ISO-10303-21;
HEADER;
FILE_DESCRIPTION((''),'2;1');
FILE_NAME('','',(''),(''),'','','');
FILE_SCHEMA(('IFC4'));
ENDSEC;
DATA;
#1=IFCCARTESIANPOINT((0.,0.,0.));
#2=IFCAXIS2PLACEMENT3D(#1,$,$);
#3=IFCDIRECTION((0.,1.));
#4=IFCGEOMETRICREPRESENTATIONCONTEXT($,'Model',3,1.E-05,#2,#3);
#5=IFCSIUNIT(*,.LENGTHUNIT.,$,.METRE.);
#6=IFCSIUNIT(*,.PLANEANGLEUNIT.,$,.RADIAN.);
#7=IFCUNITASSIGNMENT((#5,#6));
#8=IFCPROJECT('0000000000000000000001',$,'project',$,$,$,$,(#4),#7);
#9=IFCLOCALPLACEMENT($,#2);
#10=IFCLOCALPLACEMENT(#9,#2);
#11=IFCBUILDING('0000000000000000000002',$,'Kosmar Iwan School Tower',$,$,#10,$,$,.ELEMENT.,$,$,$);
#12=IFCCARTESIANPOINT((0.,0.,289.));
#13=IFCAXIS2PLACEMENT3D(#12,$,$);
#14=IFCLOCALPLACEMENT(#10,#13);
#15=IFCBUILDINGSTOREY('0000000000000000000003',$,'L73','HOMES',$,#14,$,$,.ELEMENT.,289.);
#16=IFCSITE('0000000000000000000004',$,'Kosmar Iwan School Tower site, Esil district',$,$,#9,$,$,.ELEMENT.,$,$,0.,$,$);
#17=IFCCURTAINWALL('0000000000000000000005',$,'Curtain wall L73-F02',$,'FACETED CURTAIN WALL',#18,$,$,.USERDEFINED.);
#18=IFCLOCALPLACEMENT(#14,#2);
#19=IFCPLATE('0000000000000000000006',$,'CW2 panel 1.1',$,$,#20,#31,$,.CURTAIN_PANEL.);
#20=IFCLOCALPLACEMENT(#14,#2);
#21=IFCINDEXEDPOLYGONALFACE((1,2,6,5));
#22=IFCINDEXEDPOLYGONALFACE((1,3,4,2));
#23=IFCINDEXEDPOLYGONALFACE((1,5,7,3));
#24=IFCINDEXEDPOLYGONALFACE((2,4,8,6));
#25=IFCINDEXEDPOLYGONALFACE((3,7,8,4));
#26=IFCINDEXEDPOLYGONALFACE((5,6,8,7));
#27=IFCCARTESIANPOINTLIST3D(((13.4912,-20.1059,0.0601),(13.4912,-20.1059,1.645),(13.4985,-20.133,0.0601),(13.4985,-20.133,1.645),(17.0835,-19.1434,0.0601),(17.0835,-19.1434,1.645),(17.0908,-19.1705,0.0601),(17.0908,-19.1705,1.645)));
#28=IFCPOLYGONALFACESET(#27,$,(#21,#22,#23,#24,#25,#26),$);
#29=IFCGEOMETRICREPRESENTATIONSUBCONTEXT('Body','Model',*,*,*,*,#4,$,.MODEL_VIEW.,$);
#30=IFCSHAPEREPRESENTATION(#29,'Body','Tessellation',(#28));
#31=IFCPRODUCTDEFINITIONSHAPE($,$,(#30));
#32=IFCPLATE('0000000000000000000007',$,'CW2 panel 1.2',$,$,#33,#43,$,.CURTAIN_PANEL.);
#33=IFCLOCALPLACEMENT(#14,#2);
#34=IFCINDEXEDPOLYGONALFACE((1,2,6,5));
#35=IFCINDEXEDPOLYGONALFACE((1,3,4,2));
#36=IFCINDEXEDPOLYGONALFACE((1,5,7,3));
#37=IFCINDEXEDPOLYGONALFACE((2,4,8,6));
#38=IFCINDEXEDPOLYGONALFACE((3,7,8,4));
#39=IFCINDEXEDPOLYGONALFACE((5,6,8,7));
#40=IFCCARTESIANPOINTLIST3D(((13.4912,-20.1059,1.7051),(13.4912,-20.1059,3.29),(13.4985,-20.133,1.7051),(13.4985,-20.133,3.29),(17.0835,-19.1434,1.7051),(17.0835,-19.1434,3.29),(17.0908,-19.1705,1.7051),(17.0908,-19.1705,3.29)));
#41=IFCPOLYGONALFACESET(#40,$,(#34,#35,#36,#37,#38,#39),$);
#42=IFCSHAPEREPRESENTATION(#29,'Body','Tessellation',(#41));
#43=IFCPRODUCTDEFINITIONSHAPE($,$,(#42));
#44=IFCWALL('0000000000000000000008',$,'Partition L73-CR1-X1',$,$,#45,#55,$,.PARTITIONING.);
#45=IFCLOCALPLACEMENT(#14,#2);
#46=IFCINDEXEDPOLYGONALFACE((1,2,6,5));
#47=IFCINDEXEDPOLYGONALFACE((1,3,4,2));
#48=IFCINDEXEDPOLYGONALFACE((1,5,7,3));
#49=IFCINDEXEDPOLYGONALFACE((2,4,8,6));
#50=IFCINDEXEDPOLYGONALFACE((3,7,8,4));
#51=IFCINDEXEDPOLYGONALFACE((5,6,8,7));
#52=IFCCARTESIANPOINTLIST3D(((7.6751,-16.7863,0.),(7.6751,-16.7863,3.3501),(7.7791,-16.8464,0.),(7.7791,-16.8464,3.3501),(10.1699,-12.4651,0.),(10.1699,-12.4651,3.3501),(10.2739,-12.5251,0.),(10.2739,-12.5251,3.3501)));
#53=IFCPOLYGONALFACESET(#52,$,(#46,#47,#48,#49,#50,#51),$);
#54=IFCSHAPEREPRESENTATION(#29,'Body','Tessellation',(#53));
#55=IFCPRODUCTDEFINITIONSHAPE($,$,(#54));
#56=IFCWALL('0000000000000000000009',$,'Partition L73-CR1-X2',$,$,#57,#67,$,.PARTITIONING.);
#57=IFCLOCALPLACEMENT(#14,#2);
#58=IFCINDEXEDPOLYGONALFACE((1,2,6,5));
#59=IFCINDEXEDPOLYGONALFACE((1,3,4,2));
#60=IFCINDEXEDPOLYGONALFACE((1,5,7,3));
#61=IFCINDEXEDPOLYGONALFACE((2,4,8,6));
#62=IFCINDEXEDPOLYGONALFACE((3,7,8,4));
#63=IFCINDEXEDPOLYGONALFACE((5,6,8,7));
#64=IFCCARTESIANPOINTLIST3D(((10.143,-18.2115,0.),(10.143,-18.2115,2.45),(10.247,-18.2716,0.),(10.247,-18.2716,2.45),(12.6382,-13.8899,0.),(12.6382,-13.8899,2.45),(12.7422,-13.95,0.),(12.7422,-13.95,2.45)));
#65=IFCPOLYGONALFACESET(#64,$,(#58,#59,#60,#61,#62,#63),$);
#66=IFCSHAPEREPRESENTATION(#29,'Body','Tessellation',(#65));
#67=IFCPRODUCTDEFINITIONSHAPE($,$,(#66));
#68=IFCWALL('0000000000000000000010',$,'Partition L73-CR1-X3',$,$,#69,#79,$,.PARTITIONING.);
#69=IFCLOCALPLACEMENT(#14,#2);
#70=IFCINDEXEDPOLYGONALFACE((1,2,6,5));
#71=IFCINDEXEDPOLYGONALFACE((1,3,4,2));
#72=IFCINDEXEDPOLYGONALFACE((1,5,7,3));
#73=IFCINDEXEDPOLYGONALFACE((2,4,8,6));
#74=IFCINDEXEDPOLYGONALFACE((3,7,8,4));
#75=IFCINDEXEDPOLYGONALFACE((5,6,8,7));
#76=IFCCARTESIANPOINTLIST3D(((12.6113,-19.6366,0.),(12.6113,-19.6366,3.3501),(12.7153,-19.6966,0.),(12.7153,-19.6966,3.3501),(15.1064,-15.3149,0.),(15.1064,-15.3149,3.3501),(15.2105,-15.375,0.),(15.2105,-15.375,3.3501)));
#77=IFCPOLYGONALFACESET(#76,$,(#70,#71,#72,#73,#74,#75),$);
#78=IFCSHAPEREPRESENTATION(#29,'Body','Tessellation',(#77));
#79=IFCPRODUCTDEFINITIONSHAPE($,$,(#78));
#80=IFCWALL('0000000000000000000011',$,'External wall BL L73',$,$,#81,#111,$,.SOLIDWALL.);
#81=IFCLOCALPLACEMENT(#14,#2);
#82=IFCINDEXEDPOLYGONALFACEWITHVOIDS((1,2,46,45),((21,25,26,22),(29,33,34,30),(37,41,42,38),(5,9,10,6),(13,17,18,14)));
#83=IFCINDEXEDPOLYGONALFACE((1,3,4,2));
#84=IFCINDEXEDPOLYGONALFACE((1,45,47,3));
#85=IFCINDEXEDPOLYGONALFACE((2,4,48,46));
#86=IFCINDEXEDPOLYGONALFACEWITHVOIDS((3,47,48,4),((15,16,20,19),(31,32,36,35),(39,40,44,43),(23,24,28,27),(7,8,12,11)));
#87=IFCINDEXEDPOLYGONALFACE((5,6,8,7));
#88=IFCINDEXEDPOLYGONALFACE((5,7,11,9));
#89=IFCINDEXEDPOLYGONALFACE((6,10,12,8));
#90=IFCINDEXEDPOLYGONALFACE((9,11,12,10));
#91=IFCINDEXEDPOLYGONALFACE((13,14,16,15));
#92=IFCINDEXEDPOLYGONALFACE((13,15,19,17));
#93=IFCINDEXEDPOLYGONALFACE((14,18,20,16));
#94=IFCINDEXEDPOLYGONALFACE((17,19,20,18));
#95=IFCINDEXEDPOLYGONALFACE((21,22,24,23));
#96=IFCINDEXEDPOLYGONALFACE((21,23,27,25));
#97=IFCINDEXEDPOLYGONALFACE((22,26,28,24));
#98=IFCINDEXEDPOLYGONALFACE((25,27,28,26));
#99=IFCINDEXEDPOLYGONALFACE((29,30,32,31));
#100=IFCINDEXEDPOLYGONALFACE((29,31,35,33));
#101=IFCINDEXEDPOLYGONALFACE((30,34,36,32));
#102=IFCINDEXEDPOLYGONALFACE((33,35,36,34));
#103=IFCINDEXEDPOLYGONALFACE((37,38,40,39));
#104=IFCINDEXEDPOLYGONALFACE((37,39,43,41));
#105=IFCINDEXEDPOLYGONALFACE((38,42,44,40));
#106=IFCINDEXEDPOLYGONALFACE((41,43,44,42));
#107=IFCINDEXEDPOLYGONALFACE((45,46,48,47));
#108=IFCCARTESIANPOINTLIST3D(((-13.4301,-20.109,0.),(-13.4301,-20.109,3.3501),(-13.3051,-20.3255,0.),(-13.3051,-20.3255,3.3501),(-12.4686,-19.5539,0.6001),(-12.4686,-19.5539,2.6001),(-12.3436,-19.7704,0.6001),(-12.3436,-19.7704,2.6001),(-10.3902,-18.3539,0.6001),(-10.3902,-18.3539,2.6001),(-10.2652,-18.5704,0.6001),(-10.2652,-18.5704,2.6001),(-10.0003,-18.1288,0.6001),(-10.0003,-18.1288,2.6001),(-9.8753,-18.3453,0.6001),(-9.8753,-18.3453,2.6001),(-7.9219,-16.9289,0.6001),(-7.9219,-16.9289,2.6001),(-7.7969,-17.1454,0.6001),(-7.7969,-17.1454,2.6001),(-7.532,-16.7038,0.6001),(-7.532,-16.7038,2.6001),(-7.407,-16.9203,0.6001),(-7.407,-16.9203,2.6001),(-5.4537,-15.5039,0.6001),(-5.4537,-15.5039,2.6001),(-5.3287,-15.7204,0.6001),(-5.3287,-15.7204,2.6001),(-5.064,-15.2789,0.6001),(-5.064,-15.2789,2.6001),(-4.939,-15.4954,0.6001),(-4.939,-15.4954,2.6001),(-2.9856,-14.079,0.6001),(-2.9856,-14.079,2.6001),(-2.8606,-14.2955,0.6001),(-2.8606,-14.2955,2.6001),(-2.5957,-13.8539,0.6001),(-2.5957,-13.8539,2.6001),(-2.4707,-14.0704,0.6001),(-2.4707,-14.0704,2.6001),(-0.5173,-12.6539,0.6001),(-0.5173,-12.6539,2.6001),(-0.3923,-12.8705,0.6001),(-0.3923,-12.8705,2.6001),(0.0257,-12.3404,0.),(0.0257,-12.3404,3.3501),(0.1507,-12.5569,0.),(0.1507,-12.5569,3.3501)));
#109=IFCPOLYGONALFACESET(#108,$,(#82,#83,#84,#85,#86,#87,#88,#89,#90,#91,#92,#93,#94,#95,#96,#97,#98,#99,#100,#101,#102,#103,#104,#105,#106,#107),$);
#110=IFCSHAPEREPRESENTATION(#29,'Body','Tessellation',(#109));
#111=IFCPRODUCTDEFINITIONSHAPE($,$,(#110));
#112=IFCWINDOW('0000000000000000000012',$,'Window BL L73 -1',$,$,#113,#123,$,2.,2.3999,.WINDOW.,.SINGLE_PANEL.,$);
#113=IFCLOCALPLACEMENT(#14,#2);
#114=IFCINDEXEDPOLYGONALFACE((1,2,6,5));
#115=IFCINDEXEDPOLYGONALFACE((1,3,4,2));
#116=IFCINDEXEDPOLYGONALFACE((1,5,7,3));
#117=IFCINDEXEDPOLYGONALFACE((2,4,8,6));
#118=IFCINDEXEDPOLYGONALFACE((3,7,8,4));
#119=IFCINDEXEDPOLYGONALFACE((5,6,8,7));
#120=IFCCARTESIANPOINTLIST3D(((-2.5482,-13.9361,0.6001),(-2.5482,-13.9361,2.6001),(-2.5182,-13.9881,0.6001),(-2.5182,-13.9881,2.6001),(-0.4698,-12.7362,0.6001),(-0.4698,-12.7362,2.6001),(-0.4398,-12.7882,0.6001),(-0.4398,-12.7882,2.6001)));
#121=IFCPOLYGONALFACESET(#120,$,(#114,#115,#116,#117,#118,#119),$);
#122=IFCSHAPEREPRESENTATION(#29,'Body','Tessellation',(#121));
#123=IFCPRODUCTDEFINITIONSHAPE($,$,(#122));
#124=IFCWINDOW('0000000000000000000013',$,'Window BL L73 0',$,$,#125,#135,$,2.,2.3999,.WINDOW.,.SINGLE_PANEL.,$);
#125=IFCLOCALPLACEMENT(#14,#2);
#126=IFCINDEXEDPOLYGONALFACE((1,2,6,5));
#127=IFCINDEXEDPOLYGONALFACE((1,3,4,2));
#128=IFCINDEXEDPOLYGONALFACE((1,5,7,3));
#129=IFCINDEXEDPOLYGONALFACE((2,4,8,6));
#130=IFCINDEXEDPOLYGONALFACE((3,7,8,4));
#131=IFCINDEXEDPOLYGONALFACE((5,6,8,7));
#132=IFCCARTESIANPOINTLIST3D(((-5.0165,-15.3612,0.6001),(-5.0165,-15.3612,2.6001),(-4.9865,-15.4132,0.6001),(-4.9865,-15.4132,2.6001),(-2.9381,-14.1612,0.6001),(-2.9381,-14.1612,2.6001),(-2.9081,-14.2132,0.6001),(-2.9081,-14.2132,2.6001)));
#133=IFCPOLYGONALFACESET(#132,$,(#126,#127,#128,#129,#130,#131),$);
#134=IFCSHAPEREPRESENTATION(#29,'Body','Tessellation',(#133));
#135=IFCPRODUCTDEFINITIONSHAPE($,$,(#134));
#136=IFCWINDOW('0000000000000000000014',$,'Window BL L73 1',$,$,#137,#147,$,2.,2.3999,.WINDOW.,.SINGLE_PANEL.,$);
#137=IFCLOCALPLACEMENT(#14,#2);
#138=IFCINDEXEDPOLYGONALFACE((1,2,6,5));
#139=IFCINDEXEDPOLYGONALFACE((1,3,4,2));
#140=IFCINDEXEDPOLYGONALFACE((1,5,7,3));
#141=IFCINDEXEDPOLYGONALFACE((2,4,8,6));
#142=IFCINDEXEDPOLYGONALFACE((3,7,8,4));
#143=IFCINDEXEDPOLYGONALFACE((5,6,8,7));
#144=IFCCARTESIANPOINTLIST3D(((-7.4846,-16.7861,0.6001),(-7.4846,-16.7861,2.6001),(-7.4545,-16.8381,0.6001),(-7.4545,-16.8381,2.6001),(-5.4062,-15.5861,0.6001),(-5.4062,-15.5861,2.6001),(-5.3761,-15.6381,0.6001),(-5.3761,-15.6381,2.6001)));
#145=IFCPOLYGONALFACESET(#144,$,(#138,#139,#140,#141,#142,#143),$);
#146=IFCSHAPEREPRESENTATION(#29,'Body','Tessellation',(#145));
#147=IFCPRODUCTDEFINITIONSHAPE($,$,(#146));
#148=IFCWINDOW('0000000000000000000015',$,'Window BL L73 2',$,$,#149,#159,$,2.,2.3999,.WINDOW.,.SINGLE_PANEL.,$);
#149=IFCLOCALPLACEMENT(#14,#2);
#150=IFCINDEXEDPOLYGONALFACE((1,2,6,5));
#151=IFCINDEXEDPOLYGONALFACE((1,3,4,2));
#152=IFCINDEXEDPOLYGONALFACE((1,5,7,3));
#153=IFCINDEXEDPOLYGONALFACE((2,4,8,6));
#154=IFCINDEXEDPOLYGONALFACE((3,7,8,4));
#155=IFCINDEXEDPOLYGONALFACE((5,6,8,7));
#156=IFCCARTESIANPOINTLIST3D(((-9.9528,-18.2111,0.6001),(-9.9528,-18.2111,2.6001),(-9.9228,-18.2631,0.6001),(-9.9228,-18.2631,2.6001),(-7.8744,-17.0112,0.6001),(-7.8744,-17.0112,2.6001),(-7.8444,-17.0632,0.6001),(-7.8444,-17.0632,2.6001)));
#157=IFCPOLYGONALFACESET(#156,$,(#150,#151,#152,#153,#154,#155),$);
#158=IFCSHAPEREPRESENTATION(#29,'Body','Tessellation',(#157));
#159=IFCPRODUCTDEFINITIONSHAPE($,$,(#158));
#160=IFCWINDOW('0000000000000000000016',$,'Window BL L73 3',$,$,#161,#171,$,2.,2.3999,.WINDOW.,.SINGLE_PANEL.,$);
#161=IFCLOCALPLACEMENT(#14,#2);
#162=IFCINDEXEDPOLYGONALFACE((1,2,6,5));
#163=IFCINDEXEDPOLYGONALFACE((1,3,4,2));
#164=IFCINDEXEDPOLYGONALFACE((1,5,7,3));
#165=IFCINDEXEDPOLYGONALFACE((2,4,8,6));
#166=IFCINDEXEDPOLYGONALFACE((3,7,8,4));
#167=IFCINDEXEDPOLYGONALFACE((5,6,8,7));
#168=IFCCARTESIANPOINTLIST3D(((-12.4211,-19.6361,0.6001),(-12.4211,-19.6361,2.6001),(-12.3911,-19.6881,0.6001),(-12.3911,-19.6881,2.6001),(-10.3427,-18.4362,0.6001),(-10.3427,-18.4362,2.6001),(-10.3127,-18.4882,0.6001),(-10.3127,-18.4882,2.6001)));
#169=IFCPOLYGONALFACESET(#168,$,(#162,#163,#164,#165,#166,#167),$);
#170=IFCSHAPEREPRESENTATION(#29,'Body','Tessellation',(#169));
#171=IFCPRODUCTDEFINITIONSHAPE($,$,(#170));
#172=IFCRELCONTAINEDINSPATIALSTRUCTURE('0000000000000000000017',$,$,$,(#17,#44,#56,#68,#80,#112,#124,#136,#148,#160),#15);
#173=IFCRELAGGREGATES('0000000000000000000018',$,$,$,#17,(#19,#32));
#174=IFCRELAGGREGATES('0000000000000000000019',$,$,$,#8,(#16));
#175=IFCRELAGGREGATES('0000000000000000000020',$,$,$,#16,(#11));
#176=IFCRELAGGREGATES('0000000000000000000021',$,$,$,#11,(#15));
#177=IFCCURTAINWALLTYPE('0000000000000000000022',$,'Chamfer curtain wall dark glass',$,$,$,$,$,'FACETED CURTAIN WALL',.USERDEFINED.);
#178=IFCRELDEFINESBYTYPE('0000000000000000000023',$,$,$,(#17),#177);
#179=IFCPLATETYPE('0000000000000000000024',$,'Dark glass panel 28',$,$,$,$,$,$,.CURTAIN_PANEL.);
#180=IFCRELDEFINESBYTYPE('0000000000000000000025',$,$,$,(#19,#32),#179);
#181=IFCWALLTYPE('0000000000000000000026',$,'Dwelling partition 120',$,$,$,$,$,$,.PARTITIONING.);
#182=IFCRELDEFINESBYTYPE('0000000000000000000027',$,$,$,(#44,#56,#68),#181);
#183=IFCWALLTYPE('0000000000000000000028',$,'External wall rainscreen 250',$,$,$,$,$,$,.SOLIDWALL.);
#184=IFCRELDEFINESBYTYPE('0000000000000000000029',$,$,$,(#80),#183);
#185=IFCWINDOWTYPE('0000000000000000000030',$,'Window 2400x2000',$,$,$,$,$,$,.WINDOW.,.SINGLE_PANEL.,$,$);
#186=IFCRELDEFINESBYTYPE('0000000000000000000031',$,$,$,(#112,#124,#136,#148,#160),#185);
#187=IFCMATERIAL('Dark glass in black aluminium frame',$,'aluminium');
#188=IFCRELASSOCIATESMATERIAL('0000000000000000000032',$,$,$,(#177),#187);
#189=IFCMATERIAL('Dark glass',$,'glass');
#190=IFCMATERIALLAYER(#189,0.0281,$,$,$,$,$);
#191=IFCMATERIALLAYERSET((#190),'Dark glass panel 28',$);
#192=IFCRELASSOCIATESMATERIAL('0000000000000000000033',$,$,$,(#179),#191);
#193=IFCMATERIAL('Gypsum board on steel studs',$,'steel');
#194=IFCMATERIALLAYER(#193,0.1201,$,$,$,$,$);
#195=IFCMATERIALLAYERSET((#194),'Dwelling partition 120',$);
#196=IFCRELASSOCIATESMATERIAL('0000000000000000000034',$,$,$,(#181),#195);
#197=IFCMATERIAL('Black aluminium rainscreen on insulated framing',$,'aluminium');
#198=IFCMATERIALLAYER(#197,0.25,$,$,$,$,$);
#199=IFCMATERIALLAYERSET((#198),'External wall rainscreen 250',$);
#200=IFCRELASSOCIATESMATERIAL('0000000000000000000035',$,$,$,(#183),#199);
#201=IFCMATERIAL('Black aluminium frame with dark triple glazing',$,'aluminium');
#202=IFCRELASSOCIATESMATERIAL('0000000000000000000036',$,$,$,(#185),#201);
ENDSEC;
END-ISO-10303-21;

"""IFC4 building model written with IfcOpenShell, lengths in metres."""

from ifc_helpers import new_model, si_unit, direction, frame, frame_2d, origin, origin_2d, place, context, subcontext, project, spatial, rectangle, extrude, material, layer, layer_set, type_object, element, fill, aggregate, save


model = new_model("IFC4")

# Units and contexts
model_context = context("Model", 3, precision=1e-05, world=origin(), true_north=direction((0.0, 1.0)))
body_context = subcontext(model_context, "Body", "Model", "MODEL_VIEW")
ifc_project = project(units=[si_unit("LENGTHUNIT", "METRE"), si_unit("PLANEANGLEUNIT", "RADIAN")], contexts=[model_context])

# Site, building, storey
site_placement = place(None, origin())
site = spatial("IfcSite", under=ifc_project, at=site_placement, Name="Kosmar Iwan School Tower site, Esil district", CompositionType="ELEMENT", RefElevation=0.0)
building_placement = place(site_placement, origin())
building = spatial("IfcBuilding", under=site, at=building_placement, Name="Kosmar Iwan School Tower", CompositionType="ELEMENT")
storey_placement = place(building_placement, frame((0.0, 0.0, 289.0)))
storey = spatial("IfcBuildingStorey", under=building, at=storey_placement, Name="L73", Description="HOMES", CompositionType="ELEMENT", Elevation=289.0)

# Curtain wall
ifc_material_1 = material(Name="Dark glass in black aluminium frame", Category="aluminium")
curtain_wall_type = type_object("IfcCurtainWallType", Name="Chamfer curtain wall dark glass", ElementType="FACETED CURTAIN WALL", PredefinedType="USERDEFINED", material=ifc_material_1)
curtain_wall_placement = place(storey_placement, origin())
curtain_wall = element("IfcCurtainWall", 1, at=curtain_wall_placement, inside=storey, type_object=curtain_wall_type, Name="Curtain wall L73-F02", ObjectType="FACETED CURTAIN WALL", PredefinedType="USERDEFINED")

# Plates
ifc_material_2 = material(Name="Dark glass", Category="glass")
ifc_layer_1 = layer(ifc_material_2, 0.0281)
ifc_layer_set_1 = layer_set([ifc_layer_1], Name="Dark glass panel 28")
plate_type = type_object("IfcPlateType", Name="Dark glass panel 28", PredefinedType="CURTAIN_PANEL", material=ifc_layer_set_1)
plate_1_placement = place(storey_placement, frame((15.291, -19.6382, 0.0601), z_axis=(0.0, 0.0, 1.0), x_axis=(0.965926, 0.258819, 0.0)))
plate_1 = element("IfcPlate", 2, at=plate_1_placement, type_object=plate_type, Name="CW2 panel 1.1", PredefinedType="CURTAIN_PANEL", context=body_context, shape_type="SweptSolid", body=[
    extrude(rectangle(XDim=3.719, YDim=0.0281, at=origin_2d()), origin(), (0.0, 0.0, 1.0), 1.585),
])
plate_2_placement = place(storey_placement, frame((15.291, -19.6382, 1.7051), z_axis=(0.0, 0.0, 1.0), x_axis=(0.965926, 0.258819, 0.0)))
plate_2 = element("IfcPlate", 3, at=plate_2_placement, type_object=plate_type, Name="CW2 panel 1.2", PredefinedType="CURTAIN_PANEL", context=body_context, shape_type="SweptSolid", body=[
    extrude(rectangle(XDim=3.719, YDim=0.0281, at=origin_2d()), origin(), (0.0, 0.0, 1.0), 1.585),
])
aggregate(curtain_wall, [plate_1, plate_2])

# Walls
ifc_material_3 = material(Name="Gypsum board on steel studs", Category="steel")
ifc_layer_2 = layer(ifc_material_3, 0.1201)
ifc_layer_set_2 = layer_set([ifc_layer_2], Name="Dwelling partition 120")
wall_type_1 = type_object("IfcWallType", Name="Dwelling partition 120", PredefinedType="PARTITIONING", material=ifc_layer_set_2)
wall_1_placement = place(storey_placement, frame((10.2219, -12.4951, 0.0), z_axis=(0.0, 0.0, 1.0), x_axis=(-0.499996, -0.866028, 0.0)))
element("IfcWall", 4, at=wall_1_placement, inside=storey, type_object=wall_type_1, Name="Partition L73-CR1-X1", PredefinedType="PARTITIONING", context=body_context, shape_type="SweptSolid", body=[
    extrude(rectangle(XDim=4.9897, YDim=0.1201, at=frame_2d((2.4949, 0.0))), origin(), (0.0, 0.0, 1.0), 3.3501),
])
wall_2_placement = place(storey_placement, frame((12.6902, -13.9199, 0.0), z_axis=(0.0, 0.0, 1.0), x_axis=(-0.500012, -0.866019, 0.0)))
element("IfcWall", 5, at=wall_2_placement, inside=storey, type_object=wall_type_1, Name="Partition L73-CR1-X2", PredefinedType="PARTITIONING", context=body_context, shape_type="SweptSolid", body=[
    extrude(rectangle(XDim=4.9902, YDim=0.1201, at=frame_2d((2.4951, 0.0))), origin(), (0.0, 0.0, 1.0), 2.45),
])
wall_3_placement = place(storey_placement, frame((15.1584, -15.345, 0.0), z_axis=(0.0, 0.0, 1.0), x_axis=(-0.500012, -0.866019, 0.0)))
element("IfcWall", 6, at=wall_3_placement, inside=storey, type_object=wall_type_1, Name="Partition L73-CR1-X3", PredefinedType="PARTITIONING", context=body_context, shape_type="SweptSolid", body=[
    extrude(rectangle(XDim=4.9902, YDim=0.1201, at=frame_2d((2.4951, 0.0))), origin(), (0.0, 0.0, 1.0), 3.3501),
])

# Wall, openings, windows
ifc_material_4 = material(Name="Black aluminium rainscreen on insulated framing", Category="aluminium")
ifc_layer_3 = layer(ifc_material_4, 0.25)
ifc_layer_set_3 = layer_set([ifc_layer_3], Name="External wall rainscreen 250")
wall_type_2 = type_object("IfcWallType", Name="External wall rainscreen 250", PredefinedType="SOLIDWALL", material=ifc_layer_set_3)
wall_4_placement = place(storey_placement, frame((0.0881, -12.4487, 0.0), z_axis=(0.0, 0.0, 1.0), x_axis=(-0.86603, -0.499992, 0.0)))
wall_4 = element("IfcWall", 7, at=wall_4_placement, inside=storey, type_object=wall_type_2, Name="External wall BL L73", PredefinedType="SOLIDWALL", context=body_context, shape_type="SweptSolid", body=[
    extrude(rectangle(XDim=15.5374, YDim=0.25, at=frame_2d((7.7686, 0.0))), origin(), (0.0, 0.0, 1.0), 3.3501),
])
opening_1_placement = place(wall_4_placement, frame((0.627, 0.0, 0.6001)))
opening_1 = element("IfcOpeningElement", 8, at=opening_1_placement, cuts=wall_4, PredefinedType="OPENING", context=body_context, shape_type="SweptSolid", body=[
    extrude(rectangle(XDim=2.3999, YDim=2.0, at=frame_2d((1.2, 1.0))), frame((0.0, 0.137, 0.0), z_axis=(0.0, -1.0, 0.0), x_axis=(1.0, 0.0, 0.0)), (0.0, 0.0, 1.0), 0.2739),
])
opening_2_placement = place(wall_4_placement, frame((3.4771, 0.0, 0.6001)))
opening_2 = element("IfcOpeningElement", 9, at=opening_2_placement, cuts=wall_4, PredefinedType="OPENING", context=body_context, shape_type="SweptSolid", body=[
    extrude(rectangle(XDim=2.3999, YDim=2.0, at=frame_2d((1.2, 1.0))), frame((0.0, 0.137, 0.0), z_axis=(0.0, -1.0, 0.0), x_axis=(1.0, 0.0, 0.0)), (0.0, 0.0, 1.0), 0.2739),
])
opening_3_placement = place(wall_4_placement, frame((6.3269, 0.0, 0.6001)))
opening_3 = element("IfcOpeningElement", 10, at=opening_3_placement, cuts=wall_4, PredefinedType="OPENING", context=body_context, shape_type="SweptSolid", body=[
    extrude(rectangle(XDim=2.3999, YDim=2.0, at=frame_2d((1.2, 1.0))), frame((0.0, 0.137, 0.0), z_axis=(0.0, -1.0, 0.0), x_axis=(1.0, 0.0, 0.0)), (0.0, 0.0, 1.0), 0.2739),
])
opening_4_placement = place(wall_4_placement, frame((9.177, 0.0, 0.6001)))
opening_4 = element("IfcOpeningElement", 11, at=opening_4_placement, cuts=wall_4, PredefinedType="OPENING", context=body_context, shape_type="SweptSolid", body=[
    extrude(rectangle(XDim=2.3999, YDim=2.0, at=frame_2d((1.2, 1.0))), frame((0.0, 0.137, 0.0), z_axis=(0.0, -1.0, 0.0), x_axis=(1.0, 0.0, 0.0)), (0.0, 0.0, 1.0), 0.2739),
])
opening_5_placement = place(wall_4_placement, frame((12.0271, 0.0, 0.6001)))
opening_5 = element("IfcOpeningElement", 12, at=opening_5_placement, cuts=wall_4, PredefinedType="OPENING", context=body_context, shape_type="SweptSolid", body=[
    extrude(rectangle(XDim=2.3999, YDim=2.0, at=frame_2d((1.2, 1.0))), frame((0.0, 0.137, 0.0), z_axis=(0.0, -1.0, 0.0), x_axis=(1.0, 0.0, 0.0)), (0.0, 0.0, 1.0), 0.2739),
])
ifc_material_5 = material(Name="Black aluminium frame with dark triple glazing", Category="aluminium")
window_type = type_object("IfcWindowType", Name="Window 2400x2000", PartitioningType="SINGLE_PANEL", PredefinedType="WINDOW", material=ifc_material_5)
window_1_placement = place(opening_1_placement, origin())
window_1 = element("IfcWindow", 13, at=window_1_placement, inside=storey, type_object=window_type, Name="Window BL L73 -1", OverallHeight=2.0, OverallWidth=2.3999, PartitioningType="SINGLE_PANEL", PredefinedType="WINDOW", context=body_context, shape_type="SweptSolid", body=[
    extrude(rectangle(XDim=2.3999, YDim=2.0, at=frame_2d((1.2, 1.0))), frame((0.0, 0.03, 0.0), z_axis=(0.0, -1.0, 0.0), x_axis=(1.0, 0.0, 0.0)), (0.0, 0.0, 1.0), 0.0601),
])
fill(opening_1, window_1)
window_2_placement = place(opening_2_placement, origin())
window_2 = element("IfcWindow", 14, at=window_2_placement, inside=storey, type_object=window_type, Name="Window BL L73 0", OverallHeight=2.0, OverallWidth=2.3999, PartitioningType="SINGLE_PANEL", PredefinedType="WINDOW", context=body_context, shape_type="SweptSolid", body=[
    extrude(rectangle(XDim=2.3999, YDim=2.0, at=frame_2d((1.2, 1.0))), frame((0.0, 0.03, 0.0), z_axis=(0.0, -1.0, 0.0), x_axis=(1.0, 0.0, 0.0)), (0.0, 0.0, 1.0), 0.0601),
])
fill(opening_2, window_2)
window_3_placement = place(opening_3_placement, origin())
window_3 = element("IfcWindow", 15, at=window_3_placement, inside=storey, type_object=window_type, Name="Window BL L73 1", OverallHeight=2.0, OverallWidth=2.3999, PartitioningType="SINGLE_PANEL", PredefinedType="WINDOW", context=body_context, shape_type="SweptSolid", body=[
    extrude(rectangle(XDim=2.3999, YDim=2.0, at=frame_2d((1.2, 1.0))), frame((0.0, 0.03, 0.0), z_axis=(0.0, -1.0, 0.0), x_axis=(1.0, 0.0, 0.0)), (0.0, 0.0, 1.0), 0.0601),
])
fill(opening_3, window_3)
window_4_placement = place(opening_4_placement, origin())
window_4 = element("IfcWindow", 16, at=window_4_placement, inside=storey, type_object=window_type, Name="Window BL L73 2", OverallHeight=2.0, OverallWidth=2.3999, PartitioningType="SINGLE_PANEL", PredefinedType="WINDOW", context=body_context, shape_type="SweptSolid", body=[
    extrude(rectangle(XDim=2.3999, YDim=2.0, at=frame_2d((1.2, 1.0))), frame((0.0, 0.03, 0.0), z_axis=(0.0, -1.0, 0.0), x_axis=(1.0, 0.0, 0.0)), (0.0, 0.0, 1.0), 0.0601),
])
fill(opening_4, window_4)
window_5_placement = place(opening_5_placement, origin())
window_5 = element("IfcWindow", 17, at=window_5_placement, inside=storey, type_object=window_type, Name="Window BL L73 3", OverallHeight=2.0, OverallWidth=2.3999, PartitioningType="SINGLE_PANEL", PredefinedType="WINDOW", context=body_context, shape_type="SweptSolid", body=[
    extrude(rectangle(XDim=2.3999, YDim=2.0, at=frame_2d((1.2, 1.0))), frame((0.0, 0.03, 0.0), z_axis=(0.0, -1.0, 0.0), x_axis=(1.0, 0.0, 0.0)), (0.0, 0.0, 1.0), 0.0601),
])
fill(opening_5, window_5)

save(model, "model.ifc")
